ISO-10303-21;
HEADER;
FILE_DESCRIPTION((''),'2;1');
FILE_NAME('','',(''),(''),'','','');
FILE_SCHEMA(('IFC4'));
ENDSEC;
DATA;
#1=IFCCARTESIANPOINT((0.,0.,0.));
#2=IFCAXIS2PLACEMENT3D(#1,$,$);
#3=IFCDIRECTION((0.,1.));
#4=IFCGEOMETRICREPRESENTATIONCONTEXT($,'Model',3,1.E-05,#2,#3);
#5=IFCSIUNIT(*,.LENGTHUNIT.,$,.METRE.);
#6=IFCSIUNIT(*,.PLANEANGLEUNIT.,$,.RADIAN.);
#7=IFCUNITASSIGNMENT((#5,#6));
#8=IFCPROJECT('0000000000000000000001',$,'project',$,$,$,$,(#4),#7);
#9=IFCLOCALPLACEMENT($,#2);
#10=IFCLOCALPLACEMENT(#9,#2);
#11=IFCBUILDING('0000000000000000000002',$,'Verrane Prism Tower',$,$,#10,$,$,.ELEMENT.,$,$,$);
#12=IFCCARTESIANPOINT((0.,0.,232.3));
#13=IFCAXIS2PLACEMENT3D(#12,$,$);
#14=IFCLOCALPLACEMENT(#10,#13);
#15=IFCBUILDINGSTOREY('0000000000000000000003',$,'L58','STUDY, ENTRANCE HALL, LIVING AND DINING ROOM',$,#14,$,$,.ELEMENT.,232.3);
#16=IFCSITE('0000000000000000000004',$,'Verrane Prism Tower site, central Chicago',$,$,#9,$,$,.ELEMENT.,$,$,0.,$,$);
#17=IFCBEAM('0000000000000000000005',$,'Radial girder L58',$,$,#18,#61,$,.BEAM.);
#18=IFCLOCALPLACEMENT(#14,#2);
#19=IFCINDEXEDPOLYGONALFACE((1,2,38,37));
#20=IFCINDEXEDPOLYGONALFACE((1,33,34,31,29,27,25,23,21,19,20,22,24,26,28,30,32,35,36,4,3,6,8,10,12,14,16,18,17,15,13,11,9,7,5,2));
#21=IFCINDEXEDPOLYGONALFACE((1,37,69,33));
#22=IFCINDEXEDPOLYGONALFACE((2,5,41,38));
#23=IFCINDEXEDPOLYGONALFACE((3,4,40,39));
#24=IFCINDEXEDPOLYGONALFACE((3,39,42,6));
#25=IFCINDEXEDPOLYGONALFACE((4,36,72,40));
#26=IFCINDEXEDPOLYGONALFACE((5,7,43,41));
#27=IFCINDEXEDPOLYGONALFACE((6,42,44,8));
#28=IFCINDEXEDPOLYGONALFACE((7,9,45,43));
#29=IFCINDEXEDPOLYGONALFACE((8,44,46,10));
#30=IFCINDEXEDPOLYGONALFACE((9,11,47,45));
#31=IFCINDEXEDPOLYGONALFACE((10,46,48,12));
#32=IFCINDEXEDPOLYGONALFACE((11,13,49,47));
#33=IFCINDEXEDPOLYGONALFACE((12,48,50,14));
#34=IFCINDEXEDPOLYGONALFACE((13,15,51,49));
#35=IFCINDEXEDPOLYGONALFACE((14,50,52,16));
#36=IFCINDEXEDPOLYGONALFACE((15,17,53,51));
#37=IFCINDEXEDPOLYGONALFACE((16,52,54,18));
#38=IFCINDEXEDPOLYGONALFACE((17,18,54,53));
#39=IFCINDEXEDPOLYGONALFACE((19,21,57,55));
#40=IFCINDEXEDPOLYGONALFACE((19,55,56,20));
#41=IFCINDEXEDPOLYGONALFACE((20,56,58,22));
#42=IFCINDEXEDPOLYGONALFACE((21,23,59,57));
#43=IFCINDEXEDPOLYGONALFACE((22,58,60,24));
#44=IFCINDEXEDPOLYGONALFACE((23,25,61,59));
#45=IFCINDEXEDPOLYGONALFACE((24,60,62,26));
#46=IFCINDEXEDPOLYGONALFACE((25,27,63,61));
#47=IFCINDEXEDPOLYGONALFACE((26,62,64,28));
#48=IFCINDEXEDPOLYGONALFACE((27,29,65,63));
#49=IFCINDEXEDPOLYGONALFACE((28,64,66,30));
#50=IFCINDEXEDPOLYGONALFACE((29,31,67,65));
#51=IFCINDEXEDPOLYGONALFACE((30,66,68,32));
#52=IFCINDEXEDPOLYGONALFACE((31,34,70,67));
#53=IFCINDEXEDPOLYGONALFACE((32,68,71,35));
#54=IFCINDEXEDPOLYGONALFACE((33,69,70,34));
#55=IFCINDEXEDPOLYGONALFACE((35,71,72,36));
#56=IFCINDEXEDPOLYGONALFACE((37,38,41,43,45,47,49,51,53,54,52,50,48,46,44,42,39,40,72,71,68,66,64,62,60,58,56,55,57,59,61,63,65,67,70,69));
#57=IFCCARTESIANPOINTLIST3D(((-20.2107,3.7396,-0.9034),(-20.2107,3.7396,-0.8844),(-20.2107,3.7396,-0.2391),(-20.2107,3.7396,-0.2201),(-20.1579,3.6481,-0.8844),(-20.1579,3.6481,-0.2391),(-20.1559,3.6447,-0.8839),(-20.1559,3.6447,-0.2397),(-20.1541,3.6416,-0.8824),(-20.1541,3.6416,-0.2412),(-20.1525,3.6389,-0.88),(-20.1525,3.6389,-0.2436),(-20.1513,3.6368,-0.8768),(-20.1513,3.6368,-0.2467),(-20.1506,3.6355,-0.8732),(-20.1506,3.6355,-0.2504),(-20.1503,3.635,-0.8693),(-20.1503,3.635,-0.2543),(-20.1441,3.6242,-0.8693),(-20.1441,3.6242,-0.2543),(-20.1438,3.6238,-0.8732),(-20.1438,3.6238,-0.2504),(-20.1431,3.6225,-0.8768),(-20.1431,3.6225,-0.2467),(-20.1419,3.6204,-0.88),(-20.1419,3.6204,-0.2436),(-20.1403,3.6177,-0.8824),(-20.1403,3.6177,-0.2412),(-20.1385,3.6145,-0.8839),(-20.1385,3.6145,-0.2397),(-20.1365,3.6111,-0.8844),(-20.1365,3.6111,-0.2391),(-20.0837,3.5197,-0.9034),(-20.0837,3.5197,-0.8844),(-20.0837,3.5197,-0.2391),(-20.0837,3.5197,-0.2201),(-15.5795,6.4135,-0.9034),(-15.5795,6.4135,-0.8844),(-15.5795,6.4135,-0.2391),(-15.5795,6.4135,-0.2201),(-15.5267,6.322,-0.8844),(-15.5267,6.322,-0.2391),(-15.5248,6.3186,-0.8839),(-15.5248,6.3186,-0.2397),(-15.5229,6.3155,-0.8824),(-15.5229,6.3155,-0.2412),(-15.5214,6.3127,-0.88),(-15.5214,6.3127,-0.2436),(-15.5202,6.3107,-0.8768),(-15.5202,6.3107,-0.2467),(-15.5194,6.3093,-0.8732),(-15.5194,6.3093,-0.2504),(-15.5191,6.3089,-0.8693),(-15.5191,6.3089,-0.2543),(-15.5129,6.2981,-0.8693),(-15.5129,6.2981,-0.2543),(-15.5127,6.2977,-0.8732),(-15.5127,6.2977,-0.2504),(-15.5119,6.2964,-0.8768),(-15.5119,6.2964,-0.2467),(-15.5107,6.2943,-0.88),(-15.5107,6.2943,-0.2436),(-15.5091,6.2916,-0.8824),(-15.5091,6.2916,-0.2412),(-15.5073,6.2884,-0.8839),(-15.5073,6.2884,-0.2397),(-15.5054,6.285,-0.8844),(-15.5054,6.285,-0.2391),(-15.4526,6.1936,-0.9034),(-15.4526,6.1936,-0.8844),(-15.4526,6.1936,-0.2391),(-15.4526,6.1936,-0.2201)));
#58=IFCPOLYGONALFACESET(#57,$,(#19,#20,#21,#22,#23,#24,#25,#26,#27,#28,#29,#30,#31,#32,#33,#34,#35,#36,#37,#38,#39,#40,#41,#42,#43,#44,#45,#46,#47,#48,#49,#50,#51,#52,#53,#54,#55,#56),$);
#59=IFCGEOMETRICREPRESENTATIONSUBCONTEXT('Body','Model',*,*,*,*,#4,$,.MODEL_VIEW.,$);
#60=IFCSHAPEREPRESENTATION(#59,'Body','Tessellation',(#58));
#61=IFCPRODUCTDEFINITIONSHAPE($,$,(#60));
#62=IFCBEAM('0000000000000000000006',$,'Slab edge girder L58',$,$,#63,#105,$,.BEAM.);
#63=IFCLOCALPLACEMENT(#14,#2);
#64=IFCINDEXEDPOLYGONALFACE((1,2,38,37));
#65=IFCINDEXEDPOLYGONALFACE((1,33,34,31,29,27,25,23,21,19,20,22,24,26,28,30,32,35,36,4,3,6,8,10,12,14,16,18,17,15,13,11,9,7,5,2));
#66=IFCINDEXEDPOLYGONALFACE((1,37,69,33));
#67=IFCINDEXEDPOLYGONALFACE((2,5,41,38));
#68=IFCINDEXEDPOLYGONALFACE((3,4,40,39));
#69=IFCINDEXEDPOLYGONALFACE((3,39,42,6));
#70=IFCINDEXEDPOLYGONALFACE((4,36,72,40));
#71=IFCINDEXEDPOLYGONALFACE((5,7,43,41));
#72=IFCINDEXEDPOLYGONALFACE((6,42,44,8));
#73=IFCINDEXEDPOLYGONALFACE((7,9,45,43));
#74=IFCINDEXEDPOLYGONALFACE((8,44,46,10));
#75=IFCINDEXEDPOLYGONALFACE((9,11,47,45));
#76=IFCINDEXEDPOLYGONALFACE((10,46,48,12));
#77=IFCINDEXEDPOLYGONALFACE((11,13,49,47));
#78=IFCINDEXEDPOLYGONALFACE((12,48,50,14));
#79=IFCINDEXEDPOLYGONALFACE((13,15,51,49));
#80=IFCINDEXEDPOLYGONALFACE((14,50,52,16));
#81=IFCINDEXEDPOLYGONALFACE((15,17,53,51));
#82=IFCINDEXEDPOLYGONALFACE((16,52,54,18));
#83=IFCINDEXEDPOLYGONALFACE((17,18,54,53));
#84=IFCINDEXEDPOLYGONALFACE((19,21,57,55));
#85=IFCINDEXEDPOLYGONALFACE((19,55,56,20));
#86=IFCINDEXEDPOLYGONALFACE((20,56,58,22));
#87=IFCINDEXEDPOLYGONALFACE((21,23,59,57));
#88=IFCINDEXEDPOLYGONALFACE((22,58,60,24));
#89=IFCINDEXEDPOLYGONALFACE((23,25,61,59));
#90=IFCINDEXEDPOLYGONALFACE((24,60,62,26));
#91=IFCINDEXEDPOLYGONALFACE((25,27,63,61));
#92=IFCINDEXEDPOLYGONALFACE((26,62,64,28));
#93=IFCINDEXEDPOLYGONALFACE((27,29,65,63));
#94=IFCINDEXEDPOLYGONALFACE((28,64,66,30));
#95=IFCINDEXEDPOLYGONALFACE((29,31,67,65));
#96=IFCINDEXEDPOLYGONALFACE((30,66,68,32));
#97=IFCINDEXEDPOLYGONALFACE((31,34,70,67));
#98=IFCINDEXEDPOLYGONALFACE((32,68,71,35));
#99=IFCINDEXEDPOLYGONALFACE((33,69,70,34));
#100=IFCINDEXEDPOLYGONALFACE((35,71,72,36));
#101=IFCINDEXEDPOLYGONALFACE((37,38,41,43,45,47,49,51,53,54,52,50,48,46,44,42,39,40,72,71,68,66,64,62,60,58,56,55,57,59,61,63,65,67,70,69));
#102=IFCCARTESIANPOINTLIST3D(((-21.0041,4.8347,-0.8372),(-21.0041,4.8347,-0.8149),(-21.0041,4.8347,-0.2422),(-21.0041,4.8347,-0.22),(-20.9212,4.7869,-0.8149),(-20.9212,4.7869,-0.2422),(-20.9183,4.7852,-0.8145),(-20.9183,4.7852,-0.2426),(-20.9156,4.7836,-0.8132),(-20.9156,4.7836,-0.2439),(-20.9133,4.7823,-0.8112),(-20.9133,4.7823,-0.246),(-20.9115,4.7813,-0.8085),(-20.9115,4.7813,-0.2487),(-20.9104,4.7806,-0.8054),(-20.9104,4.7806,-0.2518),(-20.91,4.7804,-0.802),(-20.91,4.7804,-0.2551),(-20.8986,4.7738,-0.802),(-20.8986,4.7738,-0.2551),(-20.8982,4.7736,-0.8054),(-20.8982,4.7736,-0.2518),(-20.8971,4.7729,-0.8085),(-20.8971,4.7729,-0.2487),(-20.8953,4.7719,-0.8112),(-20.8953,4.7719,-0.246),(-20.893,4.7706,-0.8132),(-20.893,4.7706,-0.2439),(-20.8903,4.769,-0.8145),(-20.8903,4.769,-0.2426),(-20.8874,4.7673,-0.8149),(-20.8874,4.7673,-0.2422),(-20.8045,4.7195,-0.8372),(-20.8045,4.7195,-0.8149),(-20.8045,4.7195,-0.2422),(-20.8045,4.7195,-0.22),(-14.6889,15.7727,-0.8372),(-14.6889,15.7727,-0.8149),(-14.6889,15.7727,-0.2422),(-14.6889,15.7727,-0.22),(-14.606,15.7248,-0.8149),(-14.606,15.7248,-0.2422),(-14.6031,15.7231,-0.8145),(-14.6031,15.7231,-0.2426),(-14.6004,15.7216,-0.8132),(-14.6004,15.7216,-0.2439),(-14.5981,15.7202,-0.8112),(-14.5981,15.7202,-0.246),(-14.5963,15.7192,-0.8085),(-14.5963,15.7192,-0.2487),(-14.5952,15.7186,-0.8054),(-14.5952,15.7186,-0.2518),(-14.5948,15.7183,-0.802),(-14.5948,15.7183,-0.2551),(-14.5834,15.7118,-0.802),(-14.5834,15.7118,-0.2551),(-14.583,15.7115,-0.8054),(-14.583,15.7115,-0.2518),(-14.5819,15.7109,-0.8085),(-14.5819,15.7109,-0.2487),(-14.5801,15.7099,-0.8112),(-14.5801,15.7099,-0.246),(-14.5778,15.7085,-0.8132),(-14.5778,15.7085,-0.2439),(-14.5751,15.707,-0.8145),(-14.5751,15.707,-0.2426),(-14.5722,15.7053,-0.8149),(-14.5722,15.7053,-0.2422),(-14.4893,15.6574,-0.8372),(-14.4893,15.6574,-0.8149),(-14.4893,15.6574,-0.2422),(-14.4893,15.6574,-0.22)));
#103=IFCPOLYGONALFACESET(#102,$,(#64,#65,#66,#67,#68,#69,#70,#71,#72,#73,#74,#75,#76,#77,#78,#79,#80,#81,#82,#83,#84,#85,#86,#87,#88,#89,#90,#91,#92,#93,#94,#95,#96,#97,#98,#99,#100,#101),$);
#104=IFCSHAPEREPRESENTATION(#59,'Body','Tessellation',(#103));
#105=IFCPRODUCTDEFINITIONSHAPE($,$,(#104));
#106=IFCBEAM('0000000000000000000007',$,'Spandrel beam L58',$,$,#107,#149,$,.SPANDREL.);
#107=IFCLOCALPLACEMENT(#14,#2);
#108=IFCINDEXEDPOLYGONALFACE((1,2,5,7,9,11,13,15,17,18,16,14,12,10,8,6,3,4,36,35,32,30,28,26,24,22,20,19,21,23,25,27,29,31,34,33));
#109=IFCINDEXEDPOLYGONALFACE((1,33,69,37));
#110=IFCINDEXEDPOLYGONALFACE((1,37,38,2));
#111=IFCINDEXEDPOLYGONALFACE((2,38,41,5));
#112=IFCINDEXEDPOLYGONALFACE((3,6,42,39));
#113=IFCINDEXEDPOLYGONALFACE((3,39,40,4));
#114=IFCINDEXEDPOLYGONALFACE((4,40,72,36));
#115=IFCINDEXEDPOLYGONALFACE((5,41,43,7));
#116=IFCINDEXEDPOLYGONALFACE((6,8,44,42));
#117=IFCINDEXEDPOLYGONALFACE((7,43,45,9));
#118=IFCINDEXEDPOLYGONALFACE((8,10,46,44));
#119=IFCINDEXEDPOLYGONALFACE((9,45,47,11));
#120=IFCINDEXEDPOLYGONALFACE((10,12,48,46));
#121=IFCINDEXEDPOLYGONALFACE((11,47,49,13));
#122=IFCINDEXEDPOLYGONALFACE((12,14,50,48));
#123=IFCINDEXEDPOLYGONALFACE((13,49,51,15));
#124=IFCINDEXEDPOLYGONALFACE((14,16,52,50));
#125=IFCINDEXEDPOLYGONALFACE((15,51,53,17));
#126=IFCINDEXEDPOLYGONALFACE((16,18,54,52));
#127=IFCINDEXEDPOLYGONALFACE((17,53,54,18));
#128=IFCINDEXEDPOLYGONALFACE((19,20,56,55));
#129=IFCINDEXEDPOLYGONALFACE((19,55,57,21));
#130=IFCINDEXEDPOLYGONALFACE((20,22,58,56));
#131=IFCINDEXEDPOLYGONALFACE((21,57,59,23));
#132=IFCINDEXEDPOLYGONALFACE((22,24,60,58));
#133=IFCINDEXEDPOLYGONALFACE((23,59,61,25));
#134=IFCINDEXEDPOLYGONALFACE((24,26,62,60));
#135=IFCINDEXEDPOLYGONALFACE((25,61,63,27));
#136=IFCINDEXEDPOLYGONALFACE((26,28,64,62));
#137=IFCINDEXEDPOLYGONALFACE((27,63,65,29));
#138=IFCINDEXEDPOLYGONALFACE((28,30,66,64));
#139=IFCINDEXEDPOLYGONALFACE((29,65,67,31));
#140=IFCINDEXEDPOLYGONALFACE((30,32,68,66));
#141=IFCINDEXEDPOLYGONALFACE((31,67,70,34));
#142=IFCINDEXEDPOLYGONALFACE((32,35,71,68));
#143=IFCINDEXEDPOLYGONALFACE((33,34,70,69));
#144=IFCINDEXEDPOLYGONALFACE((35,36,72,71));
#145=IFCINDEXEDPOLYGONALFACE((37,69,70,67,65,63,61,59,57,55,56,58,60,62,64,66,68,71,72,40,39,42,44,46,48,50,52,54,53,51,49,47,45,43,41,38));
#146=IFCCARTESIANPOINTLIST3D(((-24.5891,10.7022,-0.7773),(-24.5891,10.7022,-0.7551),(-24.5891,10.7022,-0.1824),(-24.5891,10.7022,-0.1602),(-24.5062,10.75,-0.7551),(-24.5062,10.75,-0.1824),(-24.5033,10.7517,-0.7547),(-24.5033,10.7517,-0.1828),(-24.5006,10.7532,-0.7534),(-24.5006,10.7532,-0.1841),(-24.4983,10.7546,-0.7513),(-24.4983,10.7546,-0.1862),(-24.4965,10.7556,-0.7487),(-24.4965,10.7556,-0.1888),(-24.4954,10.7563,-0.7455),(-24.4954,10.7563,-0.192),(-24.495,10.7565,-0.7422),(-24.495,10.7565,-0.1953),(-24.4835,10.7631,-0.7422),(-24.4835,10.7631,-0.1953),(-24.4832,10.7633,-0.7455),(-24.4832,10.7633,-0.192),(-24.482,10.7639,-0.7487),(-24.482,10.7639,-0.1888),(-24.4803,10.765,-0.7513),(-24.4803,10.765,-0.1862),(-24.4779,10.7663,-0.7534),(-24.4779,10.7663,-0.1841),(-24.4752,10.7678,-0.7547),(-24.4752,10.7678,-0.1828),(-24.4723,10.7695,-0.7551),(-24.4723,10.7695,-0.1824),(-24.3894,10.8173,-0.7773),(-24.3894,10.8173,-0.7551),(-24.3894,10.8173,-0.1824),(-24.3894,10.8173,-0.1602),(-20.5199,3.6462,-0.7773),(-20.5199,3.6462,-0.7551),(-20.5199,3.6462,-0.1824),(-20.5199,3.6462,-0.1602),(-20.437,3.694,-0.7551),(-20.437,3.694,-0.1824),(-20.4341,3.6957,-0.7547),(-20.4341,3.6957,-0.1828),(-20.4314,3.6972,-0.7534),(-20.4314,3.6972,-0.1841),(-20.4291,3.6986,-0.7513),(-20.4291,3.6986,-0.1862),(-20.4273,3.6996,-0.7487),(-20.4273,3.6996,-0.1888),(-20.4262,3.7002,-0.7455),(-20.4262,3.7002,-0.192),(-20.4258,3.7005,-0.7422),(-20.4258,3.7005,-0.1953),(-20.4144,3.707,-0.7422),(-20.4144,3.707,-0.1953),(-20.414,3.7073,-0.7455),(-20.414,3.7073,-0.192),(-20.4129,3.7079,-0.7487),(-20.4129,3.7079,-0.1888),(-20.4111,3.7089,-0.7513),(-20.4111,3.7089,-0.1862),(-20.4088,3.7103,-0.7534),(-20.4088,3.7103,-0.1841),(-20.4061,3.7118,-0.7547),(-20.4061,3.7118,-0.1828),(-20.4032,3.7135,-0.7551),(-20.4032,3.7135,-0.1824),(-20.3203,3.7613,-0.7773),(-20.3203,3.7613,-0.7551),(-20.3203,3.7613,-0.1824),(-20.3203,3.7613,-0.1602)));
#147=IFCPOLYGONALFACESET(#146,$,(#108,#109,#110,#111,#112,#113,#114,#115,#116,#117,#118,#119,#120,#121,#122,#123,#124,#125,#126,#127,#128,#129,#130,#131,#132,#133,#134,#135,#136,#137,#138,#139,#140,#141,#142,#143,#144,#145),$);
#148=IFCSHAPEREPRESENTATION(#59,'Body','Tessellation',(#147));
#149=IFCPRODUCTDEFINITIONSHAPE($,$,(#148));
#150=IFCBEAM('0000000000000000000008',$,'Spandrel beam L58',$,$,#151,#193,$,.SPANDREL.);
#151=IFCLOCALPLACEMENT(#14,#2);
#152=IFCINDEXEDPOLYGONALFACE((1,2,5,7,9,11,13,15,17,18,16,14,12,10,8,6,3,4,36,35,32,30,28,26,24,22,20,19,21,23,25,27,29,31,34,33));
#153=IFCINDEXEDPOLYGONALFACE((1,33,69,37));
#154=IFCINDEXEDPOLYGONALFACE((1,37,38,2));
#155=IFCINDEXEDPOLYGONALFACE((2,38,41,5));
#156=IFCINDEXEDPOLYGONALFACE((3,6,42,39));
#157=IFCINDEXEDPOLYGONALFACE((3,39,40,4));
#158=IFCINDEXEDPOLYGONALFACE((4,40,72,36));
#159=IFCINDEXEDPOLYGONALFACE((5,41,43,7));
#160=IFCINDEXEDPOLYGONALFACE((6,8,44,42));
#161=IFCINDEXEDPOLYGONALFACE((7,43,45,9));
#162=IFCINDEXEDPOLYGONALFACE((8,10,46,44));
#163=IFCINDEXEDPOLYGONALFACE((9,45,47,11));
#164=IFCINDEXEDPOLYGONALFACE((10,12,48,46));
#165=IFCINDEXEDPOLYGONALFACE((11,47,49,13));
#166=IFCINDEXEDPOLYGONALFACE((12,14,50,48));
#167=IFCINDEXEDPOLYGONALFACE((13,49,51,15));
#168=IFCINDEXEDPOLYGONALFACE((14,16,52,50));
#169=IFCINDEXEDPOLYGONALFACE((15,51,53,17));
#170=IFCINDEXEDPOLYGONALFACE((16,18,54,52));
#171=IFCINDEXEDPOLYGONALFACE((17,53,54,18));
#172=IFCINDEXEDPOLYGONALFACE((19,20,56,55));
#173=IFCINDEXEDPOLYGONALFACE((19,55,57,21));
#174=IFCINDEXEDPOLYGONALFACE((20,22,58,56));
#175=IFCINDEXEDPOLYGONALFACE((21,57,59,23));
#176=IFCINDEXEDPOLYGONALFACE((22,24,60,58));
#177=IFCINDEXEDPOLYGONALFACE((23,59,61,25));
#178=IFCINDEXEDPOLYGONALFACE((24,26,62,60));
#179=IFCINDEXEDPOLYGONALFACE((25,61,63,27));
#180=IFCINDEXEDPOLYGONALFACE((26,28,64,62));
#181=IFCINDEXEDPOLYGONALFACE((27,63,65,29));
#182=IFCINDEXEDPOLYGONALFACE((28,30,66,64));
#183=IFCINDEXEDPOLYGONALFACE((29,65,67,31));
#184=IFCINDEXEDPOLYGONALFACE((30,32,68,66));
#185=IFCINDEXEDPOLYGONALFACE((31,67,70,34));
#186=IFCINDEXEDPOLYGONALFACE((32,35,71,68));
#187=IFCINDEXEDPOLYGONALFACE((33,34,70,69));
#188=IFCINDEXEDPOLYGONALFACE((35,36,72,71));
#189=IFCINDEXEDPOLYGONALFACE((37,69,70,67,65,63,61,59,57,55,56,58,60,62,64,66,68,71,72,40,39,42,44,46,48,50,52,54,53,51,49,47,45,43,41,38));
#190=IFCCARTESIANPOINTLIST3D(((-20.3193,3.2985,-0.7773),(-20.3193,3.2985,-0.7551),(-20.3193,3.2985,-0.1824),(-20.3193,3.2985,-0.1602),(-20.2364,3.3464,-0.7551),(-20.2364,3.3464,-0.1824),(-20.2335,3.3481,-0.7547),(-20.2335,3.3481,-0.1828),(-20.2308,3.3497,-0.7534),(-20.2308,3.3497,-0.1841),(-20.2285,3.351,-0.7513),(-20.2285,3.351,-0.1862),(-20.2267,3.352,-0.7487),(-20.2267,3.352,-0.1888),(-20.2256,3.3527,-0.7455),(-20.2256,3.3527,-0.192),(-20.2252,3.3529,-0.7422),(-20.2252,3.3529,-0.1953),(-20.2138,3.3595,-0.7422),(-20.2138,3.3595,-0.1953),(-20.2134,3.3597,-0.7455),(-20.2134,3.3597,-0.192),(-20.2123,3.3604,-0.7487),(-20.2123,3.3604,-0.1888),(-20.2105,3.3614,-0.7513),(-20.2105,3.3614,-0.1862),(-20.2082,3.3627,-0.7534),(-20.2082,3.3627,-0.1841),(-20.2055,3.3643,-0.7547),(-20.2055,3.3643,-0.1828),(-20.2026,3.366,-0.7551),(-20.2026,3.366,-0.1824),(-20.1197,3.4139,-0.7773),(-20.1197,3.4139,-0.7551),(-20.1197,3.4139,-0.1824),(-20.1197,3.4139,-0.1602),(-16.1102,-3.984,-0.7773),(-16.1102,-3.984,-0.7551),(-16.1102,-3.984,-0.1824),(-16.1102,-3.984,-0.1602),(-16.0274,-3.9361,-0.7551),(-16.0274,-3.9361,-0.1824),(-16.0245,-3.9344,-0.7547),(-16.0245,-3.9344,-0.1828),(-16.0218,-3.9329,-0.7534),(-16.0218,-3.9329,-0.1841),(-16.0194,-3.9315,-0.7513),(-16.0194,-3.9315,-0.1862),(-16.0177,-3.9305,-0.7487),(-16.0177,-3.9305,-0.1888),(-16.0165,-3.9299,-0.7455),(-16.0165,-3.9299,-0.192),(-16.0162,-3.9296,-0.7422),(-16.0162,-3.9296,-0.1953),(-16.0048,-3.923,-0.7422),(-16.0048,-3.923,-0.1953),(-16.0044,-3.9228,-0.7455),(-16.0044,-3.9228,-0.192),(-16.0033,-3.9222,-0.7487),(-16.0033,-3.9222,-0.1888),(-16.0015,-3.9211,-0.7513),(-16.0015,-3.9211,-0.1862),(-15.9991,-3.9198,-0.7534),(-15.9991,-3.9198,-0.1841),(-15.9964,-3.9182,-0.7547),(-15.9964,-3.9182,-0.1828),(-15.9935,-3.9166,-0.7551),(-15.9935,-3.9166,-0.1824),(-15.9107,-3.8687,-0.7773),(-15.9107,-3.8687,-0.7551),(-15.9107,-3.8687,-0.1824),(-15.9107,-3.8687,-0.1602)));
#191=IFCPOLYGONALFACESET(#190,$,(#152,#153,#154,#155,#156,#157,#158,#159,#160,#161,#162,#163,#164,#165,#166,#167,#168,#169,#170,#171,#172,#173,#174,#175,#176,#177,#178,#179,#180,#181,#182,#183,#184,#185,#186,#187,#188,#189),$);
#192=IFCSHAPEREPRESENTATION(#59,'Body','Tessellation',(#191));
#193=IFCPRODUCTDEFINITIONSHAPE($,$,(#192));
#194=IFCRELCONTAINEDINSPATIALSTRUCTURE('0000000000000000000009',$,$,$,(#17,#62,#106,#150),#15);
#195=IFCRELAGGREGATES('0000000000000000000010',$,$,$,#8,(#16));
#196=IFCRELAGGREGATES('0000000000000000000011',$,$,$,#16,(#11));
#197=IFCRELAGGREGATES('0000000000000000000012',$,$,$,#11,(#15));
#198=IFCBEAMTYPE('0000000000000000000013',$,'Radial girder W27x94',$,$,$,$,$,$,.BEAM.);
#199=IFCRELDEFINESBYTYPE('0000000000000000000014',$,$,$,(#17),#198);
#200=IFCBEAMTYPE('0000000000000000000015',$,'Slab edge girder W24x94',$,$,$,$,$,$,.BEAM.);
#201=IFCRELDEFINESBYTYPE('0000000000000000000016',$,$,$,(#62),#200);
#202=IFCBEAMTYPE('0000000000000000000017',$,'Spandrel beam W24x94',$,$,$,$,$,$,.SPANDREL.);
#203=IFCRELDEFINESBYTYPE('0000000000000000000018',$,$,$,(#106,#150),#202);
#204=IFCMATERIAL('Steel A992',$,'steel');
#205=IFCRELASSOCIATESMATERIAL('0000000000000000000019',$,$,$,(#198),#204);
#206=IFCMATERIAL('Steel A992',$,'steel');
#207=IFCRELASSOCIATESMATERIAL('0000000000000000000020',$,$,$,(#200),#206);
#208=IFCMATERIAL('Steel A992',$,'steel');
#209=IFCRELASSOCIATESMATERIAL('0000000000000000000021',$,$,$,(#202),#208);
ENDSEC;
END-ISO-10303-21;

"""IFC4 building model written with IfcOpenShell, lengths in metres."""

from ifc_helpers import new_model, si_unit, direction, frame, origin, origin_2d, place, context, subcontext, project, spatial, i_section, extrude, material, material_profile, profile_set, type_object, element, save


model = new_model("IFC4")

# Units and contexts
model_context = context("Model", 3, precision=1e-05, world=origin(), true_north=direction((0.0, 1.0)))
body_context = subcontext(model_context, "Body", "Model", "MODEL_VIEW")
ifc_project = project(units=[si_unit("LENGTHUNIT", "METRE"), si_unit("PLANEANGLEUNIT", "RADIAN")], contexts=[model_context])

# Site, building, storey
site_placement = place(None, origin())
site = spatial("IfcSite", under=ifc_project, at=site_placement, Name="Verrane Prism Tower site, central Chicago", CompositionType="ELEMENT", RefElevation=0.0)
building_placement = place(site_placement, origin())
building = spatial("IfcBuilding", under=site, at=building_placement, Name="Verrane Prism Tower", CompositionType="ELEMENT")
storey_placement = place(building_placement, frame((0.0, 0.0, 232.3)))
storey = spatial("IfcBuildingStorey", under=building, at=storey_placement, Name="L58", Description="STUDY, ENTRANCE HALL, LIVING AND DINING ROOM", CompositionType="ELEMENT", Elevation=232.3)

# Beams
ifc_material_1 = material(Name="Steel A992", Category="steel")
ifc_material_profile_1 = material_profile(ifc_material_1, i_section(OverallWidth=0.2539, OverallDepth=0.6833, WebThickness=0.0125, FlangeThickness=0.019, FilletRadius=0.0151, at=origin_2d()), Name="W27x94")
ifc_profile_set_1 = profile_set([ifc_material_profile_1], Name="Steel A992")
beam_type_1 = type_object("IfcBeamType", Name="Radial girder W27x94", PredefinedType="BEAM", material=ifc_profile_set_1)
beam_1_placement = place(storey_placement, frame((-20.1472, 3.6296, -0.5618), z_axis=(0.866021, 0.500008, 0.0), x_axis=(-0.500008, 0.866021, 0.0)))
element("IfcBeam", 1, at=beam_1_placement, inside=storey, type_object=beam_type_1, Name="Radial girder L58", PredefinedType="BEAM", context=body_context, shape_type="SweptSolid", body=[
    extrude(i_section(OverallWidth=0.2539, OverallDepth=0.6833, WebThickness=0.0125, FlangeThickness=0.019, FilletRadius=0.0151, at=origin_2d()), origin(), (0.0, 0.0, 1.0), 5.3477),
])
ifc_material_2 = material(Name="Steel A992", Category="steel")
ifc_material_profile_2 = material_profile(ifc_material_2, i_section(OverallWidth=0.2305, OverallDepth=0.6172, WebThickness=0.0132, FlangeThickness=0.0222, FilletRadius=0.0129, at=origin_2d()), Name="W24x94")
ifc_profile_set_2 = profile_set([ifc_material_profile_2], Name="Steel A992")
beam_type_2 = type_object("IfcBeamType", Name="Slab edge girder W24x94", PredefinedType="BEAM", material=ifc_profile_set_2)
beam_2_placement = place(storey_placement, frame((-20.9043, 4.7771, -0.5286), z_axis=(0.500008, 0.866021, 0.0), x_axis=(-0.866021, 0.500008, 0.0)))
element("IfcBeam", 2, at=beam_2_placement, inside=storey, type_object=beam_type_2, Name="Slab edge girder L58", PredefinedType="BEAM", context=body_context, shape_type="SweptSolid", body=[
    extrude(i_section(OverallWidth=0.2305, OverallDepth=0.6172, WebThickness=0.0132, FlangeThickness=0.0222, FilletRadius=0.0129, at=origin_2d()), origin(), (0.0, 0.0, 1.0), 12.6301),
])
ifc_material_3 = material(Name="Steel A992", Category="steel")
ifc_material_profile_3 = material_profile(ifc_material_3, i_section(OverallWidth=0.2305, OverallDepth=0.6172, WebThickness=0.0132, FlangeThickness=0.0222, FilletRadius=0.0129, at=origin_2d()), Name="W24x94")
ifc_profile_set_3 = profile_set([ifc_material_profile_3], Name="Steel A992")
beam_type_3 = type_object("IfcBeamType", Name="Spandrel beam W24x94", PredefinedType="SPANDREL", material=ifc_profile_set_3)
beam_3_placement = place(storey_placement, frame((-24.4893, 10.7598, -0.4688), z_axis=(0.499573, -0.866272, 0.0), x_axis=(0.866272, 0.499573, 0.0)))
element("IfcBeam", 3, at=beam_3_placement, inside=storey, type_object=beam_type_3, Name="Spandrel beam L58", PredefinedType="SPANDREL", context=body_context, shape_type="SweptSolid", body=[
    extrude(i_section(OverallWidth=0.2305, OverallDepth=0.6172, WebThickness=0.0132, FlangeThickness=0.0222, FilletRadius=0.0129, at=origin_2d()), origin(), (0.0, 0.0, 1.0), 8.1453),
])
beam_4_placement = place(storey_placement, frame((-20.2195, 3.3562, -0.4688), z_axis=(0.500397, -0.865796, 0.0), x_axis=(0.865796, 0.500397, 0.0)))
element("IfcBeam", 4, at=beam_4_placement, inside=storey, type_object=beam_type_3, Name="Spandrel beam L58", PredefinedType="SPANDREL", context=body_context, shape_type="SweptSolid", body=[
    extrude(i_section(OverallWidth=0.2305, OverallDepth=0.6172, WebThickness=0.0132, FlangeThickness=0.0222, FilletRadius=0.0129, at=origin_2d()), origin(), (0.0, 0.0, 1.0), 8.4114),
])

save(model, "model.ifc")
